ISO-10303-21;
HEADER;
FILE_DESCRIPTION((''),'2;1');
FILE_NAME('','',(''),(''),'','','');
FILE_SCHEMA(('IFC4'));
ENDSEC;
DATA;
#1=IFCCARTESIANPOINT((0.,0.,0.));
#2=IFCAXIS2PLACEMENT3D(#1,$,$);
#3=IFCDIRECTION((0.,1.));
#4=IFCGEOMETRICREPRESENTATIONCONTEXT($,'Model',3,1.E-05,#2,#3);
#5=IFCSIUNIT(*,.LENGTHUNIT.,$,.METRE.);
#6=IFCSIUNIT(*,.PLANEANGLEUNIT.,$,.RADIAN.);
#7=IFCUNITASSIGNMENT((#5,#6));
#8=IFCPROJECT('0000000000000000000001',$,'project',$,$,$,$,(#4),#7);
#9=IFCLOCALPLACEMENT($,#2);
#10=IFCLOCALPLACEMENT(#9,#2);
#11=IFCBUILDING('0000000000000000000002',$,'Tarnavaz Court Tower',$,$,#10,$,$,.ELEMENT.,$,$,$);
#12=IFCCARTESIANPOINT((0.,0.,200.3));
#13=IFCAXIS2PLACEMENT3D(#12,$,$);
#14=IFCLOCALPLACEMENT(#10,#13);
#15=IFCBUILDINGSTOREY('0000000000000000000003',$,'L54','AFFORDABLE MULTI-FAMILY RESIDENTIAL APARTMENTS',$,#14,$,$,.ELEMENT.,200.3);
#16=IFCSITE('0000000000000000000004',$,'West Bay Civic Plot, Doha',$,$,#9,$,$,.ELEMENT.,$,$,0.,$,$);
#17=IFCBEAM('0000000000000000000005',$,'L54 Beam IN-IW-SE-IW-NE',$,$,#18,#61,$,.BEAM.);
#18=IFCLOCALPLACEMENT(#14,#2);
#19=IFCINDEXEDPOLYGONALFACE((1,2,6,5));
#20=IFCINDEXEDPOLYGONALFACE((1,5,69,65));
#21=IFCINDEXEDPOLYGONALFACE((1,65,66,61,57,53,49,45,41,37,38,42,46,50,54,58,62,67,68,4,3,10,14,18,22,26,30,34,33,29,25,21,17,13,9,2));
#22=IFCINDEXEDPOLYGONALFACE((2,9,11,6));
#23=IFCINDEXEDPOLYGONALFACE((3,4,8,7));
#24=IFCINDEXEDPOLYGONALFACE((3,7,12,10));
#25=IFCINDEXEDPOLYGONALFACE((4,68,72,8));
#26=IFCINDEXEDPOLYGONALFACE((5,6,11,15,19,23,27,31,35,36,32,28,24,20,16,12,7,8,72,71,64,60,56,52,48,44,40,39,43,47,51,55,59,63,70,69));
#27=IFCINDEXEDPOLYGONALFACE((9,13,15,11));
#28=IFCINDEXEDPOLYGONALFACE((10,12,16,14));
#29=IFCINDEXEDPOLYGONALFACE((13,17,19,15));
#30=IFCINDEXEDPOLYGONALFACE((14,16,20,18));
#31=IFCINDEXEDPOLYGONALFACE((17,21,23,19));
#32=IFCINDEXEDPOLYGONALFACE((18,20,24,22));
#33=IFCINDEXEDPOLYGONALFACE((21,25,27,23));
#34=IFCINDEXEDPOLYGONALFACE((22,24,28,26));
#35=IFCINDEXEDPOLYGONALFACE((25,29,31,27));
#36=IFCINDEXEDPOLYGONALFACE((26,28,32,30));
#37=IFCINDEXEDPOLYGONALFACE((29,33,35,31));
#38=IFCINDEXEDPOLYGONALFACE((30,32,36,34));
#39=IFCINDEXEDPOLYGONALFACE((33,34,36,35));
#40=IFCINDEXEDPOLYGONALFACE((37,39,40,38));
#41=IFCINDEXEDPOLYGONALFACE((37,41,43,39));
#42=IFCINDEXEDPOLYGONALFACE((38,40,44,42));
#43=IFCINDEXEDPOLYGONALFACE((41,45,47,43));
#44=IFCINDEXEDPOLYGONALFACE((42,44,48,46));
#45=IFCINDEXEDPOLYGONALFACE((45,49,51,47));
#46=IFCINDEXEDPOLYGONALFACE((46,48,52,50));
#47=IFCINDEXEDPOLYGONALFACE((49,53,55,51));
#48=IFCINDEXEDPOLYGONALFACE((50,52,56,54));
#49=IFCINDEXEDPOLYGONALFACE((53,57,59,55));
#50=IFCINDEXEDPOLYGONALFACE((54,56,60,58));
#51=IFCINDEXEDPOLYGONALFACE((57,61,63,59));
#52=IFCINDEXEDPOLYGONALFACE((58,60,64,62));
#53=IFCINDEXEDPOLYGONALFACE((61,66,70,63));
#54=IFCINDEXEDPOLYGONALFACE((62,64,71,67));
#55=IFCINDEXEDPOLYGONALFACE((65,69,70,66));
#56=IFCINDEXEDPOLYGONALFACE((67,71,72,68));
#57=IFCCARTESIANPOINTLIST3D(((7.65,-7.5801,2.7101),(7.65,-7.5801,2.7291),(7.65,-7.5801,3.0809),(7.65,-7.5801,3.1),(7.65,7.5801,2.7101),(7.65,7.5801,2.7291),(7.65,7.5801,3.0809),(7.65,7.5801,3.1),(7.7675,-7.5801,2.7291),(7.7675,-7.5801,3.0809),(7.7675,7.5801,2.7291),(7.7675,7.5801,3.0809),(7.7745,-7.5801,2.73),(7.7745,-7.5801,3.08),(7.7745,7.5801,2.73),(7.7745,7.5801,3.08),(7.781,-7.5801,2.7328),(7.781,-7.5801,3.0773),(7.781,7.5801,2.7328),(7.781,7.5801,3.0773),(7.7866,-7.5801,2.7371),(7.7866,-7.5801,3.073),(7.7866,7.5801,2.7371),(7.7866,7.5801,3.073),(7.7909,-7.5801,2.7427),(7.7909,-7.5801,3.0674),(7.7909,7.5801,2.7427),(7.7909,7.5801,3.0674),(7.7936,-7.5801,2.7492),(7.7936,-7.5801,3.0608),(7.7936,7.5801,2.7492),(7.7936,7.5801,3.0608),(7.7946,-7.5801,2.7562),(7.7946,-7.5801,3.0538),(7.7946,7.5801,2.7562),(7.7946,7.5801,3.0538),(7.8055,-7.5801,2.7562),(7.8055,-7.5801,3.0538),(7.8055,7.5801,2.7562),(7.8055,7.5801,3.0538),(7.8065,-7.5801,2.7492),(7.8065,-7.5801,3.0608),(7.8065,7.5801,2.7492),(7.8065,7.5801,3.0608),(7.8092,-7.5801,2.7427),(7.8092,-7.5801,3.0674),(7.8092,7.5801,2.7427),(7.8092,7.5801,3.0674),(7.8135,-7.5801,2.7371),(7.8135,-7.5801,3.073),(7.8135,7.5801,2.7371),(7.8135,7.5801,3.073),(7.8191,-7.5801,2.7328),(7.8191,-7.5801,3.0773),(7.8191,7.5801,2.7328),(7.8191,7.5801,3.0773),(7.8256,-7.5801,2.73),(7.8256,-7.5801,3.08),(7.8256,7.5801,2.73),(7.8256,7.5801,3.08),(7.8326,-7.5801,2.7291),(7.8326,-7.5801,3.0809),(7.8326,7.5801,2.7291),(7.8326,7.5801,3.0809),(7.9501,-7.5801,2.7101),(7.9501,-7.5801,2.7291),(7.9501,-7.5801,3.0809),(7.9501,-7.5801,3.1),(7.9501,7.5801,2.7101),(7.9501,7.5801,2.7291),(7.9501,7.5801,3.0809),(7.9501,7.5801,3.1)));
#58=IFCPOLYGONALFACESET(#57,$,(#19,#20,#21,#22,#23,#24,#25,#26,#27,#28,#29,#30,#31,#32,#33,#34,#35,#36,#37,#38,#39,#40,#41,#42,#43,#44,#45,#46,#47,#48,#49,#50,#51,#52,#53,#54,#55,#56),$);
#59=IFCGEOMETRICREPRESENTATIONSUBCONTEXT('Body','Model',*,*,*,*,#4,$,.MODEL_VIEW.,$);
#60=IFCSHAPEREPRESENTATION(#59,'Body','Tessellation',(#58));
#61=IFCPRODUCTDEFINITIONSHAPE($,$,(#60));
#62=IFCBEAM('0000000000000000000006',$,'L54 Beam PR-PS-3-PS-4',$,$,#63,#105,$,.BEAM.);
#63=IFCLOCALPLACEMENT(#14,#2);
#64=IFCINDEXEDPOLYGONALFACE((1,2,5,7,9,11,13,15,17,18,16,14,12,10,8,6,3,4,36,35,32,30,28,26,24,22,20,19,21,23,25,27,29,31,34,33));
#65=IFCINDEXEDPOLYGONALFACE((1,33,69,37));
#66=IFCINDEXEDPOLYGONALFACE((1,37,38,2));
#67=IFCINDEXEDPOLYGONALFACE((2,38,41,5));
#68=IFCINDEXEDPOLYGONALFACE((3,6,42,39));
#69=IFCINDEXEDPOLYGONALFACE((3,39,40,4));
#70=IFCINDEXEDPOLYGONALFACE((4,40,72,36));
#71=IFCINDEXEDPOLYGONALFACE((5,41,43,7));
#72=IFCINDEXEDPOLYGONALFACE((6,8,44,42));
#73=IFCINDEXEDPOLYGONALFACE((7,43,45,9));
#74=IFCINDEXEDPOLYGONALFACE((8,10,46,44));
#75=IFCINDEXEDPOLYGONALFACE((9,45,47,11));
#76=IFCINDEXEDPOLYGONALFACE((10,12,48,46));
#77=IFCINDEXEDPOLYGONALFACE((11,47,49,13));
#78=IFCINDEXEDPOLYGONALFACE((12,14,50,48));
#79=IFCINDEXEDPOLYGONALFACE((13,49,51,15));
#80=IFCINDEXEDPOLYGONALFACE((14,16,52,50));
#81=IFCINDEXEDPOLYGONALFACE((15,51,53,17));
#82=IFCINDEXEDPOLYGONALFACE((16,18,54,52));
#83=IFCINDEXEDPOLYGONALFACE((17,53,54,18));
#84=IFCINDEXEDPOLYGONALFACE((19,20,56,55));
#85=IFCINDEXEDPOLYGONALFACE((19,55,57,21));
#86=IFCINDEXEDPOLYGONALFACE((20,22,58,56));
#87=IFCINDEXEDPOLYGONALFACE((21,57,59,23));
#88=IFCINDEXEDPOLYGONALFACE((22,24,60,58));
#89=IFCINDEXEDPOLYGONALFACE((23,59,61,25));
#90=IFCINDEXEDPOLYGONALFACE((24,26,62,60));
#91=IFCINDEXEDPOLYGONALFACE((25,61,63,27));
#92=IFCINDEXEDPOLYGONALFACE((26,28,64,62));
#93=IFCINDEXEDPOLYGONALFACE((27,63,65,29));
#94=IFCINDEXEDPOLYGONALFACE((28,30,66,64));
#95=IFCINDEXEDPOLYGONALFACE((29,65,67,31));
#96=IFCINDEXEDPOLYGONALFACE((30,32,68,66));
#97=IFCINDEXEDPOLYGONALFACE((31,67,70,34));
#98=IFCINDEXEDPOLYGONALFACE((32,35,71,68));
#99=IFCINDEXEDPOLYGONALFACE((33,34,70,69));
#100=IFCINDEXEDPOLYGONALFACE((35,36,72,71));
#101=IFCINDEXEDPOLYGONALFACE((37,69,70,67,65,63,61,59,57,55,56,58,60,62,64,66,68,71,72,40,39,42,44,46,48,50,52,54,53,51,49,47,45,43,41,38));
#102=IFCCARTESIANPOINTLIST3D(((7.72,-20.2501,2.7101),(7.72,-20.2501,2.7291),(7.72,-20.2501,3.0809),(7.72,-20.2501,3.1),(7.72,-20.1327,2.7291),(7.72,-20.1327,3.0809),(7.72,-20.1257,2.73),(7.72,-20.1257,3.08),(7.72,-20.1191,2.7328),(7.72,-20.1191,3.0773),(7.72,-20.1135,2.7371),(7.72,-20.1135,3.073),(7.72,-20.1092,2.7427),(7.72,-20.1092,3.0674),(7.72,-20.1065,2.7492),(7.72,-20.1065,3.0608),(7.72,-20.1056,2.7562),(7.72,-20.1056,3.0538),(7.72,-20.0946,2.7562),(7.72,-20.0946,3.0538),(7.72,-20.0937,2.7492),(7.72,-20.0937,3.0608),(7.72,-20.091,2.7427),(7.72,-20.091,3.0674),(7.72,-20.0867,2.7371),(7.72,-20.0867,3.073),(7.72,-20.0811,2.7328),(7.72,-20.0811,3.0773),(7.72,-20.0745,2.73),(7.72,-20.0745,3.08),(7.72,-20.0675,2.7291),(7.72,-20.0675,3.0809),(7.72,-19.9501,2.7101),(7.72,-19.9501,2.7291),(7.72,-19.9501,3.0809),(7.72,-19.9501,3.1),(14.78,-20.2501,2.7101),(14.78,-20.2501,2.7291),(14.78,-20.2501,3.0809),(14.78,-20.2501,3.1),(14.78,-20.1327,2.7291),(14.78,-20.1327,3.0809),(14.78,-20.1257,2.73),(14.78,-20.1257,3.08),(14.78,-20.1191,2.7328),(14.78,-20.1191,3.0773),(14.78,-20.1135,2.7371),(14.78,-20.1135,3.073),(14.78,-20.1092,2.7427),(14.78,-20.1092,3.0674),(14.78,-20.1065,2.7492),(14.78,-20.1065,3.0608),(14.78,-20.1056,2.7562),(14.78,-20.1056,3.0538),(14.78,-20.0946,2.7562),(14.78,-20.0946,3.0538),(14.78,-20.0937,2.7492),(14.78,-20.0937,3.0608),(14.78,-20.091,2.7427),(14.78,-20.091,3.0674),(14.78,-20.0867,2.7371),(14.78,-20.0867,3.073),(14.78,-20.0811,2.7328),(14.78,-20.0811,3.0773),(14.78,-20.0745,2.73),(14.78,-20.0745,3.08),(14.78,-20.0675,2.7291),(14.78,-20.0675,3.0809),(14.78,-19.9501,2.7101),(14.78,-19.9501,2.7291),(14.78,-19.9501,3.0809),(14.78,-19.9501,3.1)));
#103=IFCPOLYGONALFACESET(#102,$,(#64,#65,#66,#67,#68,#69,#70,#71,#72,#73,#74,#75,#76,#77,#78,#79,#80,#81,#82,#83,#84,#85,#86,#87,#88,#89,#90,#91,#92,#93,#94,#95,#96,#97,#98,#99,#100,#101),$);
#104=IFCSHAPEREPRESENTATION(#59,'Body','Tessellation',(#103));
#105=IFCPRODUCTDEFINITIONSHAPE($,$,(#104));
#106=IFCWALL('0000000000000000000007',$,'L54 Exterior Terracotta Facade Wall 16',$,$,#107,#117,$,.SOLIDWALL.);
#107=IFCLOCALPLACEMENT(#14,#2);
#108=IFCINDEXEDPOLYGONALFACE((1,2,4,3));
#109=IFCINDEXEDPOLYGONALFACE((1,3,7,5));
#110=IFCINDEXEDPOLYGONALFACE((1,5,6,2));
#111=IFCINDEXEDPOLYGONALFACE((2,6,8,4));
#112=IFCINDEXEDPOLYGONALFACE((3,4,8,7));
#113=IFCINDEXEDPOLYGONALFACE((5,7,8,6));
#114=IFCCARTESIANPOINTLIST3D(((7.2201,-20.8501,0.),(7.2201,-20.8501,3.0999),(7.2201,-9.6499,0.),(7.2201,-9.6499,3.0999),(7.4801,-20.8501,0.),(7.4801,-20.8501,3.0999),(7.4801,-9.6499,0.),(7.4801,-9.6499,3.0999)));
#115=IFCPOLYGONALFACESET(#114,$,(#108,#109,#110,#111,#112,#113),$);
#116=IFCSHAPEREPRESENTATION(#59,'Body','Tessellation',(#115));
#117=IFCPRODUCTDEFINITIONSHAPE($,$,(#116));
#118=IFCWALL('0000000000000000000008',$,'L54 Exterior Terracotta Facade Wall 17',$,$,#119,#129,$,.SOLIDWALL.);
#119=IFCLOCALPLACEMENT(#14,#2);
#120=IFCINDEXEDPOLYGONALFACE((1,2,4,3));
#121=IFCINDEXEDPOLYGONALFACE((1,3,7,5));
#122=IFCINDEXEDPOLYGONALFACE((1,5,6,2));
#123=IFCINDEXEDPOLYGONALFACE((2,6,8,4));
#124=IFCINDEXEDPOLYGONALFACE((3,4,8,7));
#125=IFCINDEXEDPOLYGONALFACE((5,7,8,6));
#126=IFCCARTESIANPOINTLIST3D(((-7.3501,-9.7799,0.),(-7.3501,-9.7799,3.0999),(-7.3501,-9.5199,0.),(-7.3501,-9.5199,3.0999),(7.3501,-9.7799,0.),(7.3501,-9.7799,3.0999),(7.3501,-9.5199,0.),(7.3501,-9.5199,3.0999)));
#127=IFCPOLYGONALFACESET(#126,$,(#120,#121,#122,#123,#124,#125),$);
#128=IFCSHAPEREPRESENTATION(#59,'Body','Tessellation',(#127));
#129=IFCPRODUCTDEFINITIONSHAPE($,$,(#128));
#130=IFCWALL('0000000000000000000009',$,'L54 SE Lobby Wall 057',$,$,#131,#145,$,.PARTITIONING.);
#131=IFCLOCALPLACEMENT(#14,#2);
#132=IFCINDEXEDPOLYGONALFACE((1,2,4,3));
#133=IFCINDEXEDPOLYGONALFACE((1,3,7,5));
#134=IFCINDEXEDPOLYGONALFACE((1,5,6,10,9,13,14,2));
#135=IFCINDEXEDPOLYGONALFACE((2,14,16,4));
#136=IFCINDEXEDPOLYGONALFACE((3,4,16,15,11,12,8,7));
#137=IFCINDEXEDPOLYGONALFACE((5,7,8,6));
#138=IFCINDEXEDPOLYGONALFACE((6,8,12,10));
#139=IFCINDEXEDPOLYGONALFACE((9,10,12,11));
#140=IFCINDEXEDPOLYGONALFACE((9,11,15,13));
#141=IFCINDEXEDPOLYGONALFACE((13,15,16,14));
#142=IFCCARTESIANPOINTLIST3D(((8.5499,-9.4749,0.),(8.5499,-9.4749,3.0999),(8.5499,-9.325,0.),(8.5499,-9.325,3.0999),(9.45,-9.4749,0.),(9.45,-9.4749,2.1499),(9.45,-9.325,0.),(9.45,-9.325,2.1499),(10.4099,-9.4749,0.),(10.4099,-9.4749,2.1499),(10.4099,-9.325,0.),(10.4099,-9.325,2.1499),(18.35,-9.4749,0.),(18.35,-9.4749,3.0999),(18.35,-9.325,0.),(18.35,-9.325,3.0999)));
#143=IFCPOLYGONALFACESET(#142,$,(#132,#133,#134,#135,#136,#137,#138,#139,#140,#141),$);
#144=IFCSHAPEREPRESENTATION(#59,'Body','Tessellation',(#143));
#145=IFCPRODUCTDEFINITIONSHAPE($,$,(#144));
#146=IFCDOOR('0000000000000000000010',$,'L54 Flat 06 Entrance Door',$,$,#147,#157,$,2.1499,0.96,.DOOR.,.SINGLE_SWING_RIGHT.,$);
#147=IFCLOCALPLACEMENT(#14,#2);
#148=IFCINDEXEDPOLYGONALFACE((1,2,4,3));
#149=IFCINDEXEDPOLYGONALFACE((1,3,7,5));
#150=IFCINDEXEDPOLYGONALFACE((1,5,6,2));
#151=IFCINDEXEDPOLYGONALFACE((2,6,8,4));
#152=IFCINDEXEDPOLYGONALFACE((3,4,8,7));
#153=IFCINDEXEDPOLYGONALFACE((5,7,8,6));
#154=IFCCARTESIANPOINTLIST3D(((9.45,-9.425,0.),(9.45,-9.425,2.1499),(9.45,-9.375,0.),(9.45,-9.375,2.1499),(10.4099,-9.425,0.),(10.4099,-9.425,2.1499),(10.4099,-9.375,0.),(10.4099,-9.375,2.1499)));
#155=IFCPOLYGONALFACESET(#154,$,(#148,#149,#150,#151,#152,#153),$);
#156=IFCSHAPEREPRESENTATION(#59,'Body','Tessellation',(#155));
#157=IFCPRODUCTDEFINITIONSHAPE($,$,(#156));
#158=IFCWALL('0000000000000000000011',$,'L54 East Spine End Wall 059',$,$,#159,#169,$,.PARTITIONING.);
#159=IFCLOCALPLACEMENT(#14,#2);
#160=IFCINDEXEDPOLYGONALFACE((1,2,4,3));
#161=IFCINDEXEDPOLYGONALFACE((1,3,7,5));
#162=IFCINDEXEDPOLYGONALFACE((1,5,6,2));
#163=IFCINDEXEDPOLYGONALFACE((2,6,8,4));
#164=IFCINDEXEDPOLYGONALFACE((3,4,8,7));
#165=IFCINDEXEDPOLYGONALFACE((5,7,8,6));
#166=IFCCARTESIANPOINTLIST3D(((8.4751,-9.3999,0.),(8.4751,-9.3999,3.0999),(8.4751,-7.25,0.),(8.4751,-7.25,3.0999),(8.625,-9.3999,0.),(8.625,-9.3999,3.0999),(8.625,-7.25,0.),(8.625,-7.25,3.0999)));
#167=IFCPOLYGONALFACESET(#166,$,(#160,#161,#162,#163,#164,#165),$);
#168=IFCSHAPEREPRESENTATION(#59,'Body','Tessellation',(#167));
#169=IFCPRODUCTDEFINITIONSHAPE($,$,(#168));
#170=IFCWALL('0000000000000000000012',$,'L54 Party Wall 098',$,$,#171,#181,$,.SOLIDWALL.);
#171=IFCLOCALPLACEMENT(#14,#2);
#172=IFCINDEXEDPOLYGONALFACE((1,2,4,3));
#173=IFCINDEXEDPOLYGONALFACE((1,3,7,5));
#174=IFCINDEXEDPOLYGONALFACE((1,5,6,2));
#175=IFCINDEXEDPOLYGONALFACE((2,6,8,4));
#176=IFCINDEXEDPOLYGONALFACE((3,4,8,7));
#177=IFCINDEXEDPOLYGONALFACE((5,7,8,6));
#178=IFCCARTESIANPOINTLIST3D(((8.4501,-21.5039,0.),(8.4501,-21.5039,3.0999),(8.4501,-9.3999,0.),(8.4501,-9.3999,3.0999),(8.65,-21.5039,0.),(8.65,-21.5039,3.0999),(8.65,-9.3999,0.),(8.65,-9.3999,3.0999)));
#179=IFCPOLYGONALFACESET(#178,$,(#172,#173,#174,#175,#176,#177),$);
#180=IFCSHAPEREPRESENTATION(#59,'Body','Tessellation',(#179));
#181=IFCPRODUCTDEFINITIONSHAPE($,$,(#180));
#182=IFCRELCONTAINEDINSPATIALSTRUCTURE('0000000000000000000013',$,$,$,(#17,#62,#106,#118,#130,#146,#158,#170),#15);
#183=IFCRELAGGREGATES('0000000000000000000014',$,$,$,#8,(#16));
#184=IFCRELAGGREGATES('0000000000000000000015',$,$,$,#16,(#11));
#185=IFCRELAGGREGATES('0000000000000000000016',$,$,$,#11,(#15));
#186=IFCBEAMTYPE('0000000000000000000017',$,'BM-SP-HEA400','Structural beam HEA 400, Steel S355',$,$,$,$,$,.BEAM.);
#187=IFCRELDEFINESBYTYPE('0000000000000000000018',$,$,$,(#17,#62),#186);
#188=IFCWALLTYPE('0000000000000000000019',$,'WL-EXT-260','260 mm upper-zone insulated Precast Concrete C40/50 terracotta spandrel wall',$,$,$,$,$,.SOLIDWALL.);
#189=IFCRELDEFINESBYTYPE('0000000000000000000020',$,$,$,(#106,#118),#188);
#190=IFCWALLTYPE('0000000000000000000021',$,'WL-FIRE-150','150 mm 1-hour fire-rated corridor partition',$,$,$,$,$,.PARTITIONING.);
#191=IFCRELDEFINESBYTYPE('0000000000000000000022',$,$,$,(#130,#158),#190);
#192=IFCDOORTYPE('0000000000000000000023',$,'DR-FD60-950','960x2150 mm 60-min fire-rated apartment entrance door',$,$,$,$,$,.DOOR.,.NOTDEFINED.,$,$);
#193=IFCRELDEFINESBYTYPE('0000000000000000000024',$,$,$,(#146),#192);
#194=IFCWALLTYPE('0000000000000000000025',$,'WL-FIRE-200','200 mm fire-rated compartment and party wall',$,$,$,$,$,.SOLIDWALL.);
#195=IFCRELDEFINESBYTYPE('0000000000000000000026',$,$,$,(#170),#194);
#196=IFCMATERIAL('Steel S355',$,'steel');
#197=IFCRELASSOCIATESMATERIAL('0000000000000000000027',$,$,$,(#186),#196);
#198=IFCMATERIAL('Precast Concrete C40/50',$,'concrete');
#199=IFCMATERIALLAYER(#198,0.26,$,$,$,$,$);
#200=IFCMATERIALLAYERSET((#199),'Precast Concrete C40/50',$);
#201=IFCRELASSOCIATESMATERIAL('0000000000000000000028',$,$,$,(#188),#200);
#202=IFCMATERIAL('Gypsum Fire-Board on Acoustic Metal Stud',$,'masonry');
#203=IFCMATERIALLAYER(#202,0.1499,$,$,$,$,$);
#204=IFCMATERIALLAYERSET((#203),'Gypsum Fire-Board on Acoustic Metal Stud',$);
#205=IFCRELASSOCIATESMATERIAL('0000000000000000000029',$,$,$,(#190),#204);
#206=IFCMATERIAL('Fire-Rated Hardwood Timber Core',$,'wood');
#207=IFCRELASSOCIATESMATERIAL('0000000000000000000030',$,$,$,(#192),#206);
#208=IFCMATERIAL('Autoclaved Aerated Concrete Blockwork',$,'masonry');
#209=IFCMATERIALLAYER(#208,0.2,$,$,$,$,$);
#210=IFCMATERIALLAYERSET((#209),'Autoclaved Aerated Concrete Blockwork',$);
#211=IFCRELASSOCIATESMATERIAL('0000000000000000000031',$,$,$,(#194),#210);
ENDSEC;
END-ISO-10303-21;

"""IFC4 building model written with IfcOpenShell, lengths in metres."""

from ifc_helpers import new_model, si_unit, direction, frame, frame_2d, origin, origin_2d, place, context, subcontext, project, spatial, rectangle, i_section, extrude, material, layer, layer_set, material_profile, profile_set, type_object, element, fill, save


model = new_model("IFC4")

# Units and contexts
model_context = context("Model", 3, precision=1e-05, world=origin(), true_north=direction((0.0, 1.0)))
body_context = subcontext(model_context, "Body", "Model", "MODEL_VIEW")
ifc_project = project(units=[si_unit("LENGTHUNIT", "METRE"), si_unit("PLANEANGLEUNIT", "RADIAN")], contexts=[model_context])

# Site, building, storey
site_placement = place(None, origin())
site = spatial("IfcSite", under=ifc_project, at=site_placement, Name="West Bay Civic Plot, Doha", CompositionType="ELEMENT", RefElevation=0.0)
building_placement = place(site_placement, origin())
building = spatial("IfcBuilding", under=site, at=building_placement, Name="Tarnavaz Court Tower", CompositionType="ELEMENT")
storey_placement = place(building_placement, frame((0.0, 0.0, 200.3)))
storey = spatial("IfcBuildingStorey", under=building, at=storey_placement, Name="L54", Description="AFFORDABLE MULTI-FAMILY RESIDENTIAL APARTMENTS", CompositionType="ELEMENT", Elevation=200.3)

# Beams
ifc_material_1 = material(Name="Steel S355", Category="steel")
ifc_material_profile_1 = material_profile(ifc_material_1, i_section(OverallWidth=0.3, OverallDepth=0.3899, WebThickness=0.011, FlangeThickness=0.019, FilletRadius=0.0271, at=origin_2d()), Name="HEA 400")
ifc_profile_set_1 = profile_set([ifc_material_profile_1], Name="Steel S355")
beam_type_1 = type_object("IfcBeamType", Name="BM-SP-HEA400", Description="Structural beam HEA 400, Steel S355", PredefinedType="BEAM", material=ifc_profile_set_1)
beam_1_placement = place(storey_placement, frame((7.8, -7.5801, 2.905), z_axis=(0.0, 1.0, 0.0), x_axis=(-1.0, 0.0, 0.0)))
element("IfcBeam", 1, at=beam_1_placement, inside=storey, type_object=beam_type_1, Name="L54 Beam IN-IW-SE-IW-NE", PredefinedType="BEAM", context=body_context, shape_type="SweptSolid", body=[
    extrude(i_section(OverallWidth=0.3, OverallDepth=0.3899, WebThickness=0.011, FlangeThickness=0.019, FilletRadius=0.0271, at=origin_2d()), origin(), (0.0, 0.0, 1.0), 15.1602),
])
beam_2_placement = place(storey_placement, frame((7.72, -20.1001, 2.905), z_axis=(1.0, 0.0, 0.0), x_axis=(0.0, 1.0, 0.0)))
element("IfcBeam", 2, at=beam_2_placement, inside=storey, type_object=beam_type_1, Name="L54 Beam PR-PS-3-PS-4", PredefinedType="BEAM", context=body_context, shape_type="SweptSolid", body=[
    extrude(i_section(OverallWidth=0.3, OverallDepth=0.3899, WebThickness=0.011, FlangeThickness=0.019, FilletRadius=0.0271, at=origin_2d()), origin(), (0.0, 0.0, 1.0), 7.0601),
])

# Walls
ifc_material_2 = material(Name="Precast Concrete C40/50", Category="concrete")
ifc_layer_1 = layer(ifc_material_2, 0.26)
ifc_layer_set_1 = layer_set([ifc_layer_1], Name="Precast Concrete C40/50")
wall_type_1 = type_object("IfcWallType", Name="WL-EXT-260", Description="260 mm upper-zone insulated Precast Concrete C40/50 terracotta spandrel wall", PredefinedType="SOLIDWALL", material=ifc_layer_set_1)
wall_1_placement = place(storey_placement, frame((7.3501, -20.8501, 0.0), z_axis=(0.0, 0.0, 1.0), x_axis=(0.0, 1.0, 0.0)))
element("IfcWall", 3, at=wall_1_placement, inside=storey, type_object=wall_type_1, Name="L54 Exterior Terracotta Facade Wall 16", PredefinedType="SOLIDWALL", context=body_context, shape_type="SweptSolid", body=[
    extrude(rectangle(XDim=11.2002, YDim=0.26, at=frame_2d((5.6001, 0.0))), origin(), (0.0, 0.0, 1.0), 3.0999),
])
wall_2_placement = place(storey_placement, frame((7.3501, -9.6499, 0.0), z_axis=(0.0, 0.0, 1.0), x_axis=(-1.0, 0.0, 0.0)))
element("IfcWall", 4, at=wall_2_placement, inside=storey, type_object=wall_type_1, Name="L54 Exterior Terracotta Facade Wall 17", PredefinedType="SOLIDWALL", context=body_context, shape_type="SweptSolid", body=[
    extrude(rectangle(XDim=14.7002, YDim=0.26, at=frame_2d((7.3501, 0.0))), origin(), (0.0, 0.0, 1.0), 3.0999),
])

# Wall, opening, door
ifc_material_3 = material(Name="Gypsum Fire-Board on Acoustic Metal Stud", Category="masonry")
ifc_layer_2 = layer(ifc_material_3, 0.1499)
ifc_layer_set_2 = layer_set([ifc_layer_2], Name="Gypsum Fire-Board on Acoustic Metal Stud")
wall_type_2 = type_object("IfcWallType", Name="WL-FIRE-150", Description="150 mm 1-hour fire-rated corridor partition", PredefinedType="PARTITIONING", material=ifc_layer_set_2)
wall_3_placement = place(storey_placement, frame((8.55, -9.3999, 0.0), z_axis=(0.0, 0.0, 1.0), x_axis=(1.0, 0.0, 0.0)))
wall_3 = element("IfcWall", 5, at=wall_3_placement, inside=storey, type_object=wall_type_2, Name="L54 SE Lobby Wall 057", PredefinedType="PARTITIONING", context=body_context, shape_type="SweptSolid", body=[
    extrude(rectangle(XDim=9.8, YDim=0.1499, at=frame_2d((4.8999, 0.0))), origin(), (0.0, 0.0, 1.0), 3.0999),
])
opening_1_placement = place(wall_3_placement, frame((0.8999, 0.0, 0.0)))
opening_1 = element("IfcOpeningElement", 6, at=opening_1_placement, cuts=wall_3, PredefinedType="OPENING", context=body_context, shape_type="SweptSolid", body=[
    extrude(rectangle(XDim=0.96, YDim=2.1499, at=frame_2d((0.48, 1.075))), frame((0.0, 0.085, 0.0), z_axis=(0.0, -1.0, 0.0), x_axis=(1.0, 0.0, 0.0)), (0.0, 0.0, 1.0), 0.1699),
])
ifc_material_4 = material(Name="Fire-Rated Hardwood Timber Core", Category="wood")
door_type_1 = type_object("IfcDoorType", Name="DR-FD60-950", Description="960x2150 mm 60-min fire-rated apartment entrance door", OperationType="NOTDEFINED", PredefinedType="DOOR", material=ifc_material_4)
door_1_placement = place(opening_1_placement, origin())
door_1 = element("IfcDoor", 7, at=door_1_placement, inside=storey, type_object=door_type_1, Name="L54 Flat 06 Entrance Door", OperationType="SINGLE_SWING_RIGHT", OverallHeight=2.1499, OverallWidth=0.96, PredefinedType="DOOR", context=body_context, shape_type="SweptSolid", body=[
    extrude(rectangle(XDim=0.96, YDim=2.1499, at=frame_2d((0.48, 1.075))), frame((0.0, 0.0249, 0.0), z_axis=(0.0, -1.0, 0.0), x_axis=(1.0, 0.0, 0.0)), (0.0, 0.0, 1.0), 0.05),
])
fill(opening_1, door_1)

# Walls
wall_4_placement = place(storey_placement, frame((8.55, -9.3999, 0.0), z_axis=(0.0, 0.0, 1.0), x_axis=(0.0, 1.0, 0.0)))
element("IfcWall", 8, at=wall_4_placement, inside=storey, type_object=wall_type_2, Name="L54 East Spine End Wall 059", PredefinedType="PARTITIONING", context=body_context, shape_type="SweptSolid", body=[
    extrude(rectangle(XDim=2.1499, YDim=0.1499, at=frame_2d((1.075, 0.0))), origin(), (0.0, 0.0, 1.0), 3.0999),
])
ifc_material_5 = material(Name="Autoclaved Aerated Concrete Blockwork", Category="masonry")
ifc_layer_3 = layer(ifc_material_5, 0.2)
ifc_layer_set_3 = layer_set([ifc_layer_3], Name="Autoclaved Aerated Concrete Blockwork")
wall_type_3 = type_object("IfcWallType", Name="WL-FIRE-200", Description="200 mm fire-rated compartment and party wall", PredefinedType="SOLIDWALL", material=ifc_layer_set_3)
wall_5_placement = place(storey_placement, frame((8.55, -21.5039, 0.0), z_axis=(0.0, 0.0, 1.0), x_axis=(0.0, 1.0, 0.0)))
element("IfcWall", 9, at=wall_5_placement, inside=storey, type_object=wall_type_3, Name="L54 Party Wall 098", PredefinedType="SOLIDWALL", context=body_context, shape_type="SweptSolid", body=[
    extrude(rectangle(XDim=12.104, YDim=0.2, at=frame_2d((6.052, 0.0))), origin(), (0.0, 0.0, 1.0), 3.0999),
])

save(model, "model.ifc")
